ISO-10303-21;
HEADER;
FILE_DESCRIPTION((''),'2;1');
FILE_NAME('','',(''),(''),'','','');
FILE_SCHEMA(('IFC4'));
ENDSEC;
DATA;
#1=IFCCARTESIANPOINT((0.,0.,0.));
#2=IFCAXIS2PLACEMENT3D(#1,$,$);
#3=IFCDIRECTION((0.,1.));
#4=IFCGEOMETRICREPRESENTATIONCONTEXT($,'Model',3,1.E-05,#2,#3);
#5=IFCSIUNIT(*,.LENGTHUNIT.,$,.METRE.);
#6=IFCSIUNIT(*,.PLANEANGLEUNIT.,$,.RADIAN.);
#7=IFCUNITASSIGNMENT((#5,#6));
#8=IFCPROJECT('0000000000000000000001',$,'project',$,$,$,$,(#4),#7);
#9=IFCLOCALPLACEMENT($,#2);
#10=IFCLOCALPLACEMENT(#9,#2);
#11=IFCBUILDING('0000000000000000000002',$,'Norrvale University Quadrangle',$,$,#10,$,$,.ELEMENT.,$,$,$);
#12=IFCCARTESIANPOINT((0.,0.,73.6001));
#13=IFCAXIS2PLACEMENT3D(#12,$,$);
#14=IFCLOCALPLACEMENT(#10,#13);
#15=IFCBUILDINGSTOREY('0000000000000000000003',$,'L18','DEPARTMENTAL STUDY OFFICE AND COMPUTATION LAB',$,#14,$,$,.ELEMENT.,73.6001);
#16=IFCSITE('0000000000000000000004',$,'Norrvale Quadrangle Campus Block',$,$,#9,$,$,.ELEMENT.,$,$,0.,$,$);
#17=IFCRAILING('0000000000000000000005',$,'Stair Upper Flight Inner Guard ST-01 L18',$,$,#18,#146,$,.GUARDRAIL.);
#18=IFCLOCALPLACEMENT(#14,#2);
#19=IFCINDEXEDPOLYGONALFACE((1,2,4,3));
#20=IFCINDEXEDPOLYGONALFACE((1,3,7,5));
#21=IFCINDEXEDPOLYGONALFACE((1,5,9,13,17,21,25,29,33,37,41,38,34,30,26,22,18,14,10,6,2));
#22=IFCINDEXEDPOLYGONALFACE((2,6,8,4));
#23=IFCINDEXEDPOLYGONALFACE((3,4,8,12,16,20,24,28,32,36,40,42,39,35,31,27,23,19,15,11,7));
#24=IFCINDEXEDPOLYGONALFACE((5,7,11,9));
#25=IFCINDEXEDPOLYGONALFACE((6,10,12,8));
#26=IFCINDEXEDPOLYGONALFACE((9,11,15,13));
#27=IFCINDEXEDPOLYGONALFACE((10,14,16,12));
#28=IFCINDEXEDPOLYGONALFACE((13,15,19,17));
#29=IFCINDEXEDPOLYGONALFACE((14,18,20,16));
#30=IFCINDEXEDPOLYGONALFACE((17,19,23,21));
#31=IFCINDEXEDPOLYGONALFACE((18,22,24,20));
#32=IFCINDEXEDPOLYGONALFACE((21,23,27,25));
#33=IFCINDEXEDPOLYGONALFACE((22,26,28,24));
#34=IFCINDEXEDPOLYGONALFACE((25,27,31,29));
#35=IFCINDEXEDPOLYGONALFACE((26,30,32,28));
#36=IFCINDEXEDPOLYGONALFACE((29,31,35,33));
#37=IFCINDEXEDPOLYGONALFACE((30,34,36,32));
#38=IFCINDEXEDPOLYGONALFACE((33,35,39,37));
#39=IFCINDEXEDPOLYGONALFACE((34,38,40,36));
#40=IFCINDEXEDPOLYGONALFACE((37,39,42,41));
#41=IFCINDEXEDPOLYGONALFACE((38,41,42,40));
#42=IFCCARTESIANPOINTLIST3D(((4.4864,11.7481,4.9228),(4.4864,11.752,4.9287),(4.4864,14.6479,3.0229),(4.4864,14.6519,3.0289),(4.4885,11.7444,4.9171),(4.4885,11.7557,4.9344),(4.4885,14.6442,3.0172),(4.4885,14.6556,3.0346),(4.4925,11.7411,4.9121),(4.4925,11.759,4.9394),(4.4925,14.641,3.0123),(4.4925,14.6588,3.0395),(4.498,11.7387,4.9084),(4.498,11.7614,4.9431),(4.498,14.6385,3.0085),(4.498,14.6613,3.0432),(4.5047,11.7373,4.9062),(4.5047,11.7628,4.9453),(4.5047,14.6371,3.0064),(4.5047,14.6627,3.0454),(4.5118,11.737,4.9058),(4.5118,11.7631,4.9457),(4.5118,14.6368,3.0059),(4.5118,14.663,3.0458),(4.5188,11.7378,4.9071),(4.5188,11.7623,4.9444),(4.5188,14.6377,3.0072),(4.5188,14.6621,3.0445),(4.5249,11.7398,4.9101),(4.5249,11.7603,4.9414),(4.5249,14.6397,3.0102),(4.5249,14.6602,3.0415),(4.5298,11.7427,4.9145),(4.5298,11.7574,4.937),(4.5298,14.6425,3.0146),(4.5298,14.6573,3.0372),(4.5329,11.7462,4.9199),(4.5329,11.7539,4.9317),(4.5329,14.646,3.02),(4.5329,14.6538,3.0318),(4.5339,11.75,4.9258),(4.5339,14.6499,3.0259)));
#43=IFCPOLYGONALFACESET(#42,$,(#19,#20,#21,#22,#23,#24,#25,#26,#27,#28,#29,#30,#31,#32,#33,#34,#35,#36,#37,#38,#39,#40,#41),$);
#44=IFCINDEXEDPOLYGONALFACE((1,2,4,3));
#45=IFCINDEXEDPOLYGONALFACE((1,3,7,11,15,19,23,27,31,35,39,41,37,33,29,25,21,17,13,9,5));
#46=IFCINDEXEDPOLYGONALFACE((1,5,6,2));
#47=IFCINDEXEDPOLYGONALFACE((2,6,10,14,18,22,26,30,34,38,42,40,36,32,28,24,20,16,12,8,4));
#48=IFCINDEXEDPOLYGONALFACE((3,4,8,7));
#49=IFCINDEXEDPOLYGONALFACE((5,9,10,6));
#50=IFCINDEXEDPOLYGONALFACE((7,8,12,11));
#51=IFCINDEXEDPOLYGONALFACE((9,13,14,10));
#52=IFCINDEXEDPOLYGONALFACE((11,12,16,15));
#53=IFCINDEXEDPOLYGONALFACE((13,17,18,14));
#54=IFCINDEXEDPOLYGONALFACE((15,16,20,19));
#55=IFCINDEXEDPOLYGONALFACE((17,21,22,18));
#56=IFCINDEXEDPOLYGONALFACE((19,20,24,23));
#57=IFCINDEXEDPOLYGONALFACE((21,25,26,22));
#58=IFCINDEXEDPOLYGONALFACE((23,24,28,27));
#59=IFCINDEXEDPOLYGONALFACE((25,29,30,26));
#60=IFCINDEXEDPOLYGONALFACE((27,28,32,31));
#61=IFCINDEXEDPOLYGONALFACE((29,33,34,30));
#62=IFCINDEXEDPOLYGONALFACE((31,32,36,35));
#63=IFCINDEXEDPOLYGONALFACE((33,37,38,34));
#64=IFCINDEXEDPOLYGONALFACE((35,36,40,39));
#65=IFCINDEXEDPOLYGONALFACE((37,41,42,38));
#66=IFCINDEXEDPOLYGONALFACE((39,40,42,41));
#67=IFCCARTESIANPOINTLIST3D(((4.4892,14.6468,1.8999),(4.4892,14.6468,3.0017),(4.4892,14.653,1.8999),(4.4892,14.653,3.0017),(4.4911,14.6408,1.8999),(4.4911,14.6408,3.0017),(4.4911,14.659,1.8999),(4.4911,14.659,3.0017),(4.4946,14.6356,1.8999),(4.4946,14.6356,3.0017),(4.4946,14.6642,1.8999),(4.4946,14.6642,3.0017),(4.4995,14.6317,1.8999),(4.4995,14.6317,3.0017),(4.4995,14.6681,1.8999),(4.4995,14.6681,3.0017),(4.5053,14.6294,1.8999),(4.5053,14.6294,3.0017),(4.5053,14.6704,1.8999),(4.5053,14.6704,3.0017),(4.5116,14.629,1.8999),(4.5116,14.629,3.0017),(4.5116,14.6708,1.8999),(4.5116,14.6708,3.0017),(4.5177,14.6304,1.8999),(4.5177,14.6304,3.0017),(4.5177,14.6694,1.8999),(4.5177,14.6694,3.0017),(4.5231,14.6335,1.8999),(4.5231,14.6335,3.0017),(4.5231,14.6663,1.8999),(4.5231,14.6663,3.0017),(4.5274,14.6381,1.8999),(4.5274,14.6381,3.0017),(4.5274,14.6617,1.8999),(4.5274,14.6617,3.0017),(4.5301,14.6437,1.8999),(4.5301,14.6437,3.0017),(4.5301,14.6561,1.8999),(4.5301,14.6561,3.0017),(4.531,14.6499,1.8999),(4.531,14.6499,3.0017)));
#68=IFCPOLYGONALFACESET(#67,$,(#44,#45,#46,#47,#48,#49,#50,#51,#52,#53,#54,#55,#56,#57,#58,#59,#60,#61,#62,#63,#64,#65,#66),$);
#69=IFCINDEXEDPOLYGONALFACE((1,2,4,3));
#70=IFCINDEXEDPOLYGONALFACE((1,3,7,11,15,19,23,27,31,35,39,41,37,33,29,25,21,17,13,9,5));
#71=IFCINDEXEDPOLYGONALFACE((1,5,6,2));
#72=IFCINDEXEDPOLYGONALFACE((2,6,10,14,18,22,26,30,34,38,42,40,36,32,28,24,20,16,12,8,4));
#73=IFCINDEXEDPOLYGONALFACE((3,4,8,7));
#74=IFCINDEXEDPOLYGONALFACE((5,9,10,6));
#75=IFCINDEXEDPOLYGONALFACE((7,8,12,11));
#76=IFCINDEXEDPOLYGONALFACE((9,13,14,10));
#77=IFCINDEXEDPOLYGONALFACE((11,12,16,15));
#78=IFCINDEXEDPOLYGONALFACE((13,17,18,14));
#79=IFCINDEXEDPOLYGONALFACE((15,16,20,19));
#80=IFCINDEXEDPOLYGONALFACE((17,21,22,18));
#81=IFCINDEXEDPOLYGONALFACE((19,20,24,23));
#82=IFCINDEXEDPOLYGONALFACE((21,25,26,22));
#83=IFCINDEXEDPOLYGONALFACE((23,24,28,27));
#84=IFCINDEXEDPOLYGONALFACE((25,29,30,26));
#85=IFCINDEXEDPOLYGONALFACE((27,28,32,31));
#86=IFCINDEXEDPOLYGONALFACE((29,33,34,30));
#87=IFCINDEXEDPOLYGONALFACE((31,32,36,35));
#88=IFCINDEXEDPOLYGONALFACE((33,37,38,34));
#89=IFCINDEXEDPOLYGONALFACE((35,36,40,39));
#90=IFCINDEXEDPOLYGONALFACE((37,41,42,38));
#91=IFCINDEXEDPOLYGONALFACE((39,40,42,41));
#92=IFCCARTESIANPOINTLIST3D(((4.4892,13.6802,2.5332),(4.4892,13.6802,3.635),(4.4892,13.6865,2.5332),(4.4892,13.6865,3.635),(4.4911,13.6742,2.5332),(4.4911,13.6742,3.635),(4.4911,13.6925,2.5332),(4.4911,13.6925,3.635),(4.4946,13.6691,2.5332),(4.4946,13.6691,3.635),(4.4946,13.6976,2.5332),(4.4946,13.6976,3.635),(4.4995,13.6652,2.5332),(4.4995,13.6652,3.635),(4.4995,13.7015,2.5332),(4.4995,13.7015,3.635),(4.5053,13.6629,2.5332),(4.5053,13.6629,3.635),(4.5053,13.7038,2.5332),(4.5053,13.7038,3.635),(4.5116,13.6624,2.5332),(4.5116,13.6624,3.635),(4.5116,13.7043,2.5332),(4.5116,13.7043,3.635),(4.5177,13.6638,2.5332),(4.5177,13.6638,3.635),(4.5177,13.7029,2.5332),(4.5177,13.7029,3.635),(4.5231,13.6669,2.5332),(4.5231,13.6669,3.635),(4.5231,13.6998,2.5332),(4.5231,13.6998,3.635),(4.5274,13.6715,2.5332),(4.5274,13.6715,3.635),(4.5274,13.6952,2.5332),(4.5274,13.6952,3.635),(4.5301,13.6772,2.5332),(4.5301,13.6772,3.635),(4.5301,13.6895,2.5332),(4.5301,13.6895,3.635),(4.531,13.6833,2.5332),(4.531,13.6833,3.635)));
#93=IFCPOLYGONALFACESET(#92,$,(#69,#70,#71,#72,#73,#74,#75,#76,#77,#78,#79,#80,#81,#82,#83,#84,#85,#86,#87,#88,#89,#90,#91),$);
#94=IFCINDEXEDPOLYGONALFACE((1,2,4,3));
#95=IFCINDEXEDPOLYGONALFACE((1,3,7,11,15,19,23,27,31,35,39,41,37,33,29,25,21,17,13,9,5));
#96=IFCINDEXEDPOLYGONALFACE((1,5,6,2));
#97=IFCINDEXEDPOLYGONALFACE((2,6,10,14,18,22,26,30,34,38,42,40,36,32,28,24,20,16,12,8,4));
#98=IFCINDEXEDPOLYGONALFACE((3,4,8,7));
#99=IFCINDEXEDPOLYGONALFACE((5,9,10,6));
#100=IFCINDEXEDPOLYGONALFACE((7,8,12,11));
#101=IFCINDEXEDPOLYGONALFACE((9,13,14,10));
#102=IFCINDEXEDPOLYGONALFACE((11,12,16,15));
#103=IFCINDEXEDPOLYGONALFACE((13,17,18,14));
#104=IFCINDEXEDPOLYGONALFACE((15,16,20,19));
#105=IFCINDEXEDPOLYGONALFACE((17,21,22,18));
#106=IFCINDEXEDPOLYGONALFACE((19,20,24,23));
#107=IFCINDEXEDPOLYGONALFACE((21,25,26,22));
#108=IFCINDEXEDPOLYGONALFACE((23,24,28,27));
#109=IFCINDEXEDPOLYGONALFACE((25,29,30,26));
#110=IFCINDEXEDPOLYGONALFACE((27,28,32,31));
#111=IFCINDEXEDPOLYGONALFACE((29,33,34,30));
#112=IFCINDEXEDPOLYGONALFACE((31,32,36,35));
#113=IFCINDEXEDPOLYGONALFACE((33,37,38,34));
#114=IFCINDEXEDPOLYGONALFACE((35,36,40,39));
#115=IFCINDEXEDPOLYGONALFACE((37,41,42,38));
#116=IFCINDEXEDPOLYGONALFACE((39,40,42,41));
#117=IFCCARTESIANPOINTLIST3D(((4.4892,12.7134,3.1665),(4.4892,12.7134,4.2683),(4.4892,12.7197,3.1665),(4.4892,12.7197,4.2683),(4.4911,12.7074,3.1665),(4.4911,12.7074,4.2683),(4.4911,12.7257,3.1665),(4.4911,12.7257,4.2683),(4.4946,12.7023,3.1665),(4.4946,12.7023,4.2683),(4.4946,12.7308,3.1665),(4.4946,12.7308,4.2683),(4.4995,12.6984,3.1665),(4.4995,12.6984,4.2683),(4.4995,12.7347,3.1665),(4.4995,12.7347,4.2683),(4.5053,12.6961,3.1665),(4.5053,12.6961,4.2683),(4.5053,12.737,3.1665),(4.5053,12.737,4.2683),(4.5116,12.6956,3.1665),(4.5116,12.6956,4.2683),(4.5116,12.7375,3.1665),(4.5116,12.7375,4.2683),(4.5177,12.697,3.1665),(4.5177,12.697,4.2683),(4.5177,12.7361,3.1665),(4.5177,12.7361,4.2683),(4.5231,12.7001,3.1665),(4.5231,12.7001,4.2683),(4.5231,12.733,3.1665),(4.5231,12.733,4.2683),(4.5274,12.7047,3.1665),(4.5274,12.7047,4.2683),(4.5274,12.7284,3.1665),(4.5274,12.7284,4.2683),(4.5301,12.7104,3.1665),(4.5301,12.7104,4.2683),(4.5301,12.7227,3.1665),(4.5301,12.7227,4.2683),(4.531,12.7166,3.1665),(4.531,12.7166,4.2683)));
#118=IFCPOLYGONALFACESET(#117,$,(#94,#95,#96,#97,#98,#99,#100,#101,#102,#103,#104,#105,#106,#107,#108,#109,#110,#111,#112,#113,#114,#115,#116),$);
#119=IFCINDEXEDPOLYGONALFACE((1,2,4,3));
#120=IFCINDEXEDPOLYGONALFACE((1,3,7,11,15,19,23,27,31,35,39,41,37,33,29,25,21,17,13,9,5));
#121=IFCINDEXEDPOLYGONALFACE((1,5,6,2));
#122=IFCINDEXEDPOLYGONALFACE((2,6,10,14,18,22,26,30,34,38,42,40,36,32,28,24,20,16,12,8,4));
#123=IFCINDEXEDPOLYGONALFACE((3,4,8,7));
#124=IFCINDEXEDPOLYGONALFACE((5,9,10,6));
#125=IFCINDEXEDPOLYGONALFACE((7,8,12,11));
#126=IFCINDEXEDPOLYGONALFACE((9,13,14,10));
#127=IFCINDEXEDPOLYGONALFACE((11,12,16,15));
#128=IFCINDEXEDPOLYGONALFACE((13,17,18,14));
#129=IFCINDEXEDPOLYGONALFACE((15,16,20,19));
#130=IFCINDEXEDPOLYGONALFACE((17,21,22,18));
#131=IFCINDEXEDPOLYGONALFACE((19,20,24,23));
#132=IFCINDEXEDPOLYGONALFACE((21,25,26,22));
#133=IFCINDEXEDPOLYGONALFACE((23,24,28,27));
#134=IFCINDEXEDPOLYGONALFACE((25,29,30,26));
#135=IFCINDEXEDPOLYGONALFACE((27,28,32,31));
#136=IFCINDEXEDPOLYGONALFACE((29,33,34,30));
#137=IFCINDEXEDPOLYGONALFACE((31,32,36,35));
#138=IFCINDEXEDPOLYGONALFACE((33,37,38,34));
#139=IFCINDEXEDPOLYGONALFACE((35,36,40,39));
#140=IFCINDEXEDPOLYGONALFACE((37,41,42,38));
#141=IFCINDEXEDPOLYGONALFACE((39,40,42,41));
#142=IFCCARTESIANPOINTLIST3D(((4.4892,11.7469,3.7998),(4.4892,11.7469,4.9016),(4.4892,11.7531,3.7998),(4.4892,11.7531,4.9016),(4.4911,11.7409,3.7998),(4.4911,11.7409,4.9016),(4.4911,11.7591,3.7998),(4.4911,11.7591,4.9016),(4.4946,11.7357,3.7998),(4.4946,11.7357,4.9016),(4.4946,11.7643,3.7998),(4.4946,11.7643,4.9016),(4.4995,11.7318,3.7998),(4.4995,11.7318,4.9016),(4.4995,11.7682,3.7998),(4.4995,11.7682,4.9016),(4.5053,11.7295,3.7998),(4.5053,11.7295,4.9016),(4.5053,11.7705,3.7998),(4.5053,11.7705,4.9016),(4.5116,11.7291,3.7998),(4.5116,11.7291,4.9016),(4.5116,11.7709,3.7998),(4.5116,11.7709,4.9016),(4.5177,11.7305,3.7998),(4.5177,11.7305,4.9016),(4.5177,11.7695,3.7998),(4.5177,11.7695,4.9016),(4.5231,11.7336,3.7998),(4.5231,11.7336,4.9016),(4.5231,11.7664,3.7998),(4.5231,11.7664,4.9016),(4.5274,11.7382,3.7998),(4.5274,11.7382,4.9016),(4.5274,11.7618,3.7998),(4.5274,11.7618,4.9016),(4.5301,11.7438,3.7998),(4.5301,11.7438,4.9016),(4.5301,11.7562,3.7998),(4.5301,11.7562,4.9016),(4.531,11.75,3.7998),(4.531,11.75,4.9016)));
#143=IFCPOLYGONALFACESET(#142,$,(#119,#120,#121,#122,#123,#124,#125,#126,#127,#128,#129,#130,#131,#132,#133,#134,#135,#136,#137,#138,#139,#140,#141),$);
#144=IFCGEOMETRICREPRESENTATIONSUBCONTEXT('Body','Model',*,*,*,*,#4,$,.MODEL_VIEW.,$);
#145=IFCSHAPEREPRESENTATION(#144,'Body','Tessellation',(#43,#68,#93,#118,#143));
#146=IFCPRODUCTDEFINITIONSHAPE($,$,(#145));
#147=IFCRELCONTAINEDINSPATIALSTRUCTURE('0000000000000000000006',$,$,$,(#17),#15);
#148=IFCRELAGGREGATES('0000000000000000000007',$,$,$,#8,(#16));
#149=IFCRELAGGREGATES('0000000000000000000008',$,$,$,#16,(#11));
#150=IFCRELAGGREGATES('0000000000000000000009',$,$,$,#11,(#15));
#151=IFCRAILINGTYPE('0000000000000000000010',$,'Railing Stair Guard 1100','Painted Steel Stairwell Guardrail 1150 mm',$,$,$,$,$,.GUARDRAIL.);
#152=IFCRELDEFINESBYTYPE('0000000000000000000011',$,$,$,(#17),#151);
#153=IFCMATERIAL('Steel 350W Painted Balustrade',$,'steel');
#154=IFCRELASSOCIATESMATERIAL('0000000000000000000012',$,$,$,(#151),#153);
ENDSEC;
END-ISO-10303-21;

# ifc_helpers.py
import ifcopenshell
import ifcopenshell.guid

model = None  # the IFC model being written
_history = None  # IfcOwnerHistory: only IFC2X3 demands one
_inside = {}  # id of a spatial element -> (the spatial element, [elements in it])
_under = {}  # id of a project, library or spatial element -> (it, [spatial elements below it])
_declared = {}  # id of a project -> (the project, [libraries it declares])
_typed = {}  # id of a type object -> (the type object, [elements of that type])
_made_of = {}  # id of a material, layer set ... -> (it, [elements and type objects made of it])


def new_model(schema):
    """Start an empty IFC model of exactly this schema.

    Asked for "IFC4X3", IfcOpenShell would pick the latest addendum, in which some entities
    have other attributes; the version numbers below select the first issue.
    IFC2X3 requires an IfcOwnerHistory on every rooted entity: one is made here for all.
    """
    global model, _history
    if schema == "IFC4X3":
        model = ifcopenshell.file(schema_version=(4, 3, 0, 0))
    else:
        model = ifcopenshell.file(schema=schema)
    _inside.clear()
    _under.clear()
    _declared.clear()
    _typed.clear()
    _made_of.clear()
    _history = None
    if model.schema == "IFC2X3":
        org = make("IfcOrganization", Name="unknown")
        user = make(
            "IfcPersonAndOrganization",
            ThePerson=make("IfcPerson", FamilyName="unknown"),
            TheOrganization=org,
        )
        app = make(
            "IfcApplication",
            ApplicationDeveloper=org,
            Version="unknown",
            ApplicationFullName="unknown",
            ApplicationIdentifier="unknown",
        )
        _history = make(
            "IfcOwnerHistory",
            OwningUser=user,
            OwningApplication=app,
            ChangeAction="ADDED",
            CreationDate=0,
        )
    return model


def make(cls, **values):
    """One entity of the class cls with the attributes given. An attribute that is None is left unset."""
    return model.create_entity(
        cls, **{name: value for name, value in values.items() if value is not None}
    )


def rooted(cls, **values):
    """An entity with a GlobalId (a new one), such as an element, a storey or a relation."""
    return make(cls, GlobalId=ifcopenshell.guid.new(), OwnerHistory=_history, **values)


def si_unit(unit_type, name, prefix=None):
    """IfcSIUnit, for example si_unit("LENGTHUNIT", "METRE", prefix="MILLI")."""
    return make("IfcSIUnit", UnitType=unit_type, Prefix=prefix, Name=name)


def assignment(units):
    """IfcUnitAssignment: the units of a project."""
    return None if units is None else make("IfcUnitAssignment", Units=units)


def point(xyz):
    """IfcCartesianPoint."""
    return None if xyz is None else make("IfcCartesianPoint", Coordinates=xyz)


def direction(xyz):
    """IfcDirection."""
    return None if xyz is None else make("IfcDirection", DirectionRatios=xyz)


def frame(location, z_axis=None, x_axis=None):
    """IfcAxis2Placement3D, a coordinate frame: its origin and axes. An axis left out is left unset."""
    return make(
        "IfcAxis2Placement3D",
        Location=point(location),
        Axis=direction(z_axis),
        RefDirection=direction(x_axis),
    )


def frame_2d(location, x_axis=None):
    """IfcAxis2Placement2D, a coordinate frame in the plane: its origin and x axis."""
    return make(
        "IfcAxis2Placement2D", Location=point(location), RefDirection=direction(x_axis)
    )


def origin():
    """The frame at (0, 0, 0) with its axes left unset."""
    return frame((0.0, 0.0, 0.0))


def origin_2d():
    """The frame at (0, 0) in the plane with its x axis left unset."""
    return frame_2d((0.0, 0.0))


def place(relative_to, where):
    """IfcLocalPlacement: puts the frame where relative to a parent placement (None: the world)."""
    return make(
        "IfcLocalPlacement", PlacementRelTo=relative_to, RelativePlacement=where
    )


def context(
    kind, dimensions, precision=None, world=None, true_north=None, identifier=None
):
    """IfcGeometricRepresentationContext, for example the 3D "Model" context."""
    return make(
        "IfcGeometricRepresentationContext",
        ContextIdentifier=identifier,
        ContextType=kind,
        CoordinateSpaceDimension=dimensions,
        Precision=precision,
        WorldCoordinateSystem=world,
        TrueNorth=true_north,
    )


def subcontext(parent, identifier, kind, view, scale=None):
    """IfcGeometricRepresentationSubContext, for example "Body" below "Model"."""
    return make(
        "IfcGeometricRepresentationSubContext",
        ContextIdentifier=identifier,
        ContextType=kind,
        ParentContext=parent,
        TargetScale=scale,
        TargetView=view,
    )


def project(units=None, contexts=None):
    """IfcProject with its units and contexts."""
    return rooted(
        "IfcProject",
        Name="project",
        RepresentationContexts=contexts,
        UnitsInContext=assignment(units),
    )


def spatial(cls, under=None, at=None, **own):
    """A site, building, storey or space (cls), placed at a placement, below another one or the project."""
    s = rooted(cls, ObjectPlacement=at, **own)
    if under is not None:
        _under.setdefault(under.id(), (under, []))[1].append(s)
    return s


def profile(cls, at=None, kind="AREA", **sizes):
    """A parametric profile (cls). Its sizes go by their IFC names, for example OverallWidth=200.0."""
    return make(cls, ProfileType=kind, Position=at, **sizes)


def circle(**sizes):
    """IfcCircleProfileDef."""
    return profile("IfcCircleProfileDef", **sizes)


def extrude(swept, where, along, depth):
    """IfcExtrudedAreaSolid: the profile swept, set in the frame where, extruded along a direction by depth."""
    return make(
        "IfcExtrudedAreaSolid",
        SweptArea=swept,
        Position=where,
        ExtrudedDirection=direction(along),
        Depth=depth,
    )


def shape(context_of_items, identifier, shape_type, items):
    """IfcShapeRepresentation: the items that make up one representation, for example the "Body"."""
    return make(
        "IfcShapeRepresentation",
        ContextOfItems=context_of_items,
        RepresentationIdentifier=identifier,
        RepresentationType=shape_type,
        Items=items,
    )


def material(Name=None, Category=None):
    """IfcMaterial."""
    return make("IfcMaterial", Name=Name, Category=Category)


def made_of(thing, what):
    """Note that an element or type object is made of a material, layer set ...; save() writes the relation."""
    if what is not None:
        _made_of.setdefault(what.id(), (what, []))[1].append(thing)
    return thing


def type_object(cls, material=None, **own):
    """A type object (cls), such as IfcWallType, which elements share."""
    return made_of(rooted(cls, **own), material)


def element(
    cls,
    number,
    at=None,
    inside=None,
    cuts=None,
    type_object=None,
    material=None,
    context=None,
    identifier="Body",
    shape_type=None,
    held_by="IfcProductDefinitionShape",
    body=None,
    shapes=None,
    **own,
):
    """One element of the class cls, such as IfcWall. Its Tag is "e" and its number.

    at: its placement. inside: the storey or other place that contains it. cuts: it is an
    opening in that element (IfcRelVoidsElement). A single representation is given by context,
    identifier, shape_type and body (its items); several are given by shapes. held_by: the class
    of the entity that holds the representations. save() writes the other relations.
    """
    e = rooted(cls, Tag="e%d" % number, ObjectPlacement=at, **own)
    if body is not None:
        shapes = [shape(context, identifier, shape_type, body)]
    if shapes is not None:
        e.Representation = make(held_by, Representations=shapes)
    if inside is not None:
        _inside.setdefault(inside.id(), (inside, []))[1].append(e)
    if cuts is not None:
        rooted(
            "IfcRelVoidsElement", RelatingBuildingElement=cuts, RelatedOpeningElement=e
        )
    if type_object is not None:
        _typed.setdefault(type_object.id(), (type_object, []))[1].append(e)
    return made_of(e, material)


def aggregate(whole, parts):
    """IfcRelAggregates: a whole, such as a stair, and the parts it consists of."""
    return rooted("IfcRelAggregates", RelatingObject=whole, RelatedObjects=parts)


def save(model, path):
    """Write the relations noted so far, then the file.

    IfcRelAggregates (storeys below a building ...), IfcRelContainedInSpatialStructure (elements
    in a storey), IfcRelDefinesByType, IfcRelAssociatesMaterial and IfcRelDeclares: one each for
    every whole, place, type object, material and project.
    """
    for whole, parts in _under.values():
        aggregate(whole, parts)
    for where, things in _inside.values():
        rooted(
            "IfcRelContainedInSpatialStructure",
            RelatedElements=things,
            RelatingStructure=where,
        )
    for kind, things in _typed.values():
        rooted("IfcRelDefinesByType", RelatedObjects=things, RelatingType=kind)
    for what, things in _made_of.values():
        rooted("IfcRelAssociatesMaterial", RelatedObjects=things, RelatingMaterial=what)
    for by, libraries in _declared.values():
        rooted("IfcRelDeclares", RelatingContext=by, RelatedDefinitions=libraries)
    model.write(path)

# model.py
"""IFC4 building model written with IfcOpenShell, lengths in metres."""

from ifc_helpers import new_model, si_unit, direction, frame, origin, origin_2d, place, context, subcontext, project, spatial, circle, extrude, material, type_object, element, save


model = new_model("IFC4")

# Units and contexts
model_context = context("Model", 3, precision=1e-05, world=origin(), true_north=direction((0.0, 1.0)))
body_context = subcontext(model_context, "Body", "Model", "MODEL_VIEW")
ifc_project = project(units=[si_unit("LENGTHUNIT", "METRE"), si_unit("PLANEANGLEUNIT", "RADIAN")], contexts=[model_context])

# Site, building, storey
site_placement = place(None, origin())
site = spatial("IfcSite", under=ifc_project, at=site_placement, Name="Norrvale Quadrangle Campus Block", CompositionType="ELEMENT", RefElevation=0.0)
building_placement = place(site_placement, origin())
building = spatial("IfcBuilding", under=site, at=building_placement, Name="Norrvale University Quadrangle", CompositionType="ELEMENT")
storey_placement = place(building_placement, frame((0.0, 0.0, 73.6001)))
storey = spatial("IfcBuildingStorey", under=building, at=storey_placement, Name="L18", Description="DEPARTMENTAL STUDY OFFICE AND COMPUTATION LAB", CompositionType="ELEMENT", Elevation=73.6001)

# Railing
ifc_material_1 = material(Name="Steel 350W Painted Balustrade", Category="steel")
railing_type_1 = type_object("IfcRailingType", Name="Railing Stair Guard 1100", Description="Painted Steel Stairwell Guardrail 1150 mm", PredefinedType="GUARDRAIL", material=ifc_material_1)
railing_1_placement = place(storey_placement, frame((4.51, 14.6499, 1.8999)))
element("IfcRailing", 1, at=railing_1_placement, inside=storey, type_object=railing_type_1, Name="Stair Upper Flight Inner Guard ST-01 L18", PredefinedType="GUARDRAIL", context=body_context, shape_type="SweptSolid", body=[
    extrude(circle(Radius=0.0239, at=origin_2d()), frame((0.0, 0.0, 1.126), z_axis=(0.0, -0.836466, 0.548019), x_axis=(1.0, 0.0, 0.0)), (0.0, 0.0, 1.0), 3.4668),
    extrude(circle(Radius=0.021, at=origin_2d()), origin(), (0.0, 0.0, 1.0), 1.1018),
    extrude(circle(Radius=0.021, at=origin_2d()), frame((0.0, -0.9666, 0.6333)), (0.0, 0.0, 1.0), 1.1018),
    extrude(circle(Radius=0.021, at=origin_2d()), frame((0.0, -1.9333, 1.2666)), (0.0, 0.0, 1.0), 1.1018),
    extrude(circle(Radius=0.021, at=origin_2d()), frame((0.0, -2.8999, 1.8999)), (0.0, 0.0, 1.0), 1.1018),
])

save(model, "model.ifc")
